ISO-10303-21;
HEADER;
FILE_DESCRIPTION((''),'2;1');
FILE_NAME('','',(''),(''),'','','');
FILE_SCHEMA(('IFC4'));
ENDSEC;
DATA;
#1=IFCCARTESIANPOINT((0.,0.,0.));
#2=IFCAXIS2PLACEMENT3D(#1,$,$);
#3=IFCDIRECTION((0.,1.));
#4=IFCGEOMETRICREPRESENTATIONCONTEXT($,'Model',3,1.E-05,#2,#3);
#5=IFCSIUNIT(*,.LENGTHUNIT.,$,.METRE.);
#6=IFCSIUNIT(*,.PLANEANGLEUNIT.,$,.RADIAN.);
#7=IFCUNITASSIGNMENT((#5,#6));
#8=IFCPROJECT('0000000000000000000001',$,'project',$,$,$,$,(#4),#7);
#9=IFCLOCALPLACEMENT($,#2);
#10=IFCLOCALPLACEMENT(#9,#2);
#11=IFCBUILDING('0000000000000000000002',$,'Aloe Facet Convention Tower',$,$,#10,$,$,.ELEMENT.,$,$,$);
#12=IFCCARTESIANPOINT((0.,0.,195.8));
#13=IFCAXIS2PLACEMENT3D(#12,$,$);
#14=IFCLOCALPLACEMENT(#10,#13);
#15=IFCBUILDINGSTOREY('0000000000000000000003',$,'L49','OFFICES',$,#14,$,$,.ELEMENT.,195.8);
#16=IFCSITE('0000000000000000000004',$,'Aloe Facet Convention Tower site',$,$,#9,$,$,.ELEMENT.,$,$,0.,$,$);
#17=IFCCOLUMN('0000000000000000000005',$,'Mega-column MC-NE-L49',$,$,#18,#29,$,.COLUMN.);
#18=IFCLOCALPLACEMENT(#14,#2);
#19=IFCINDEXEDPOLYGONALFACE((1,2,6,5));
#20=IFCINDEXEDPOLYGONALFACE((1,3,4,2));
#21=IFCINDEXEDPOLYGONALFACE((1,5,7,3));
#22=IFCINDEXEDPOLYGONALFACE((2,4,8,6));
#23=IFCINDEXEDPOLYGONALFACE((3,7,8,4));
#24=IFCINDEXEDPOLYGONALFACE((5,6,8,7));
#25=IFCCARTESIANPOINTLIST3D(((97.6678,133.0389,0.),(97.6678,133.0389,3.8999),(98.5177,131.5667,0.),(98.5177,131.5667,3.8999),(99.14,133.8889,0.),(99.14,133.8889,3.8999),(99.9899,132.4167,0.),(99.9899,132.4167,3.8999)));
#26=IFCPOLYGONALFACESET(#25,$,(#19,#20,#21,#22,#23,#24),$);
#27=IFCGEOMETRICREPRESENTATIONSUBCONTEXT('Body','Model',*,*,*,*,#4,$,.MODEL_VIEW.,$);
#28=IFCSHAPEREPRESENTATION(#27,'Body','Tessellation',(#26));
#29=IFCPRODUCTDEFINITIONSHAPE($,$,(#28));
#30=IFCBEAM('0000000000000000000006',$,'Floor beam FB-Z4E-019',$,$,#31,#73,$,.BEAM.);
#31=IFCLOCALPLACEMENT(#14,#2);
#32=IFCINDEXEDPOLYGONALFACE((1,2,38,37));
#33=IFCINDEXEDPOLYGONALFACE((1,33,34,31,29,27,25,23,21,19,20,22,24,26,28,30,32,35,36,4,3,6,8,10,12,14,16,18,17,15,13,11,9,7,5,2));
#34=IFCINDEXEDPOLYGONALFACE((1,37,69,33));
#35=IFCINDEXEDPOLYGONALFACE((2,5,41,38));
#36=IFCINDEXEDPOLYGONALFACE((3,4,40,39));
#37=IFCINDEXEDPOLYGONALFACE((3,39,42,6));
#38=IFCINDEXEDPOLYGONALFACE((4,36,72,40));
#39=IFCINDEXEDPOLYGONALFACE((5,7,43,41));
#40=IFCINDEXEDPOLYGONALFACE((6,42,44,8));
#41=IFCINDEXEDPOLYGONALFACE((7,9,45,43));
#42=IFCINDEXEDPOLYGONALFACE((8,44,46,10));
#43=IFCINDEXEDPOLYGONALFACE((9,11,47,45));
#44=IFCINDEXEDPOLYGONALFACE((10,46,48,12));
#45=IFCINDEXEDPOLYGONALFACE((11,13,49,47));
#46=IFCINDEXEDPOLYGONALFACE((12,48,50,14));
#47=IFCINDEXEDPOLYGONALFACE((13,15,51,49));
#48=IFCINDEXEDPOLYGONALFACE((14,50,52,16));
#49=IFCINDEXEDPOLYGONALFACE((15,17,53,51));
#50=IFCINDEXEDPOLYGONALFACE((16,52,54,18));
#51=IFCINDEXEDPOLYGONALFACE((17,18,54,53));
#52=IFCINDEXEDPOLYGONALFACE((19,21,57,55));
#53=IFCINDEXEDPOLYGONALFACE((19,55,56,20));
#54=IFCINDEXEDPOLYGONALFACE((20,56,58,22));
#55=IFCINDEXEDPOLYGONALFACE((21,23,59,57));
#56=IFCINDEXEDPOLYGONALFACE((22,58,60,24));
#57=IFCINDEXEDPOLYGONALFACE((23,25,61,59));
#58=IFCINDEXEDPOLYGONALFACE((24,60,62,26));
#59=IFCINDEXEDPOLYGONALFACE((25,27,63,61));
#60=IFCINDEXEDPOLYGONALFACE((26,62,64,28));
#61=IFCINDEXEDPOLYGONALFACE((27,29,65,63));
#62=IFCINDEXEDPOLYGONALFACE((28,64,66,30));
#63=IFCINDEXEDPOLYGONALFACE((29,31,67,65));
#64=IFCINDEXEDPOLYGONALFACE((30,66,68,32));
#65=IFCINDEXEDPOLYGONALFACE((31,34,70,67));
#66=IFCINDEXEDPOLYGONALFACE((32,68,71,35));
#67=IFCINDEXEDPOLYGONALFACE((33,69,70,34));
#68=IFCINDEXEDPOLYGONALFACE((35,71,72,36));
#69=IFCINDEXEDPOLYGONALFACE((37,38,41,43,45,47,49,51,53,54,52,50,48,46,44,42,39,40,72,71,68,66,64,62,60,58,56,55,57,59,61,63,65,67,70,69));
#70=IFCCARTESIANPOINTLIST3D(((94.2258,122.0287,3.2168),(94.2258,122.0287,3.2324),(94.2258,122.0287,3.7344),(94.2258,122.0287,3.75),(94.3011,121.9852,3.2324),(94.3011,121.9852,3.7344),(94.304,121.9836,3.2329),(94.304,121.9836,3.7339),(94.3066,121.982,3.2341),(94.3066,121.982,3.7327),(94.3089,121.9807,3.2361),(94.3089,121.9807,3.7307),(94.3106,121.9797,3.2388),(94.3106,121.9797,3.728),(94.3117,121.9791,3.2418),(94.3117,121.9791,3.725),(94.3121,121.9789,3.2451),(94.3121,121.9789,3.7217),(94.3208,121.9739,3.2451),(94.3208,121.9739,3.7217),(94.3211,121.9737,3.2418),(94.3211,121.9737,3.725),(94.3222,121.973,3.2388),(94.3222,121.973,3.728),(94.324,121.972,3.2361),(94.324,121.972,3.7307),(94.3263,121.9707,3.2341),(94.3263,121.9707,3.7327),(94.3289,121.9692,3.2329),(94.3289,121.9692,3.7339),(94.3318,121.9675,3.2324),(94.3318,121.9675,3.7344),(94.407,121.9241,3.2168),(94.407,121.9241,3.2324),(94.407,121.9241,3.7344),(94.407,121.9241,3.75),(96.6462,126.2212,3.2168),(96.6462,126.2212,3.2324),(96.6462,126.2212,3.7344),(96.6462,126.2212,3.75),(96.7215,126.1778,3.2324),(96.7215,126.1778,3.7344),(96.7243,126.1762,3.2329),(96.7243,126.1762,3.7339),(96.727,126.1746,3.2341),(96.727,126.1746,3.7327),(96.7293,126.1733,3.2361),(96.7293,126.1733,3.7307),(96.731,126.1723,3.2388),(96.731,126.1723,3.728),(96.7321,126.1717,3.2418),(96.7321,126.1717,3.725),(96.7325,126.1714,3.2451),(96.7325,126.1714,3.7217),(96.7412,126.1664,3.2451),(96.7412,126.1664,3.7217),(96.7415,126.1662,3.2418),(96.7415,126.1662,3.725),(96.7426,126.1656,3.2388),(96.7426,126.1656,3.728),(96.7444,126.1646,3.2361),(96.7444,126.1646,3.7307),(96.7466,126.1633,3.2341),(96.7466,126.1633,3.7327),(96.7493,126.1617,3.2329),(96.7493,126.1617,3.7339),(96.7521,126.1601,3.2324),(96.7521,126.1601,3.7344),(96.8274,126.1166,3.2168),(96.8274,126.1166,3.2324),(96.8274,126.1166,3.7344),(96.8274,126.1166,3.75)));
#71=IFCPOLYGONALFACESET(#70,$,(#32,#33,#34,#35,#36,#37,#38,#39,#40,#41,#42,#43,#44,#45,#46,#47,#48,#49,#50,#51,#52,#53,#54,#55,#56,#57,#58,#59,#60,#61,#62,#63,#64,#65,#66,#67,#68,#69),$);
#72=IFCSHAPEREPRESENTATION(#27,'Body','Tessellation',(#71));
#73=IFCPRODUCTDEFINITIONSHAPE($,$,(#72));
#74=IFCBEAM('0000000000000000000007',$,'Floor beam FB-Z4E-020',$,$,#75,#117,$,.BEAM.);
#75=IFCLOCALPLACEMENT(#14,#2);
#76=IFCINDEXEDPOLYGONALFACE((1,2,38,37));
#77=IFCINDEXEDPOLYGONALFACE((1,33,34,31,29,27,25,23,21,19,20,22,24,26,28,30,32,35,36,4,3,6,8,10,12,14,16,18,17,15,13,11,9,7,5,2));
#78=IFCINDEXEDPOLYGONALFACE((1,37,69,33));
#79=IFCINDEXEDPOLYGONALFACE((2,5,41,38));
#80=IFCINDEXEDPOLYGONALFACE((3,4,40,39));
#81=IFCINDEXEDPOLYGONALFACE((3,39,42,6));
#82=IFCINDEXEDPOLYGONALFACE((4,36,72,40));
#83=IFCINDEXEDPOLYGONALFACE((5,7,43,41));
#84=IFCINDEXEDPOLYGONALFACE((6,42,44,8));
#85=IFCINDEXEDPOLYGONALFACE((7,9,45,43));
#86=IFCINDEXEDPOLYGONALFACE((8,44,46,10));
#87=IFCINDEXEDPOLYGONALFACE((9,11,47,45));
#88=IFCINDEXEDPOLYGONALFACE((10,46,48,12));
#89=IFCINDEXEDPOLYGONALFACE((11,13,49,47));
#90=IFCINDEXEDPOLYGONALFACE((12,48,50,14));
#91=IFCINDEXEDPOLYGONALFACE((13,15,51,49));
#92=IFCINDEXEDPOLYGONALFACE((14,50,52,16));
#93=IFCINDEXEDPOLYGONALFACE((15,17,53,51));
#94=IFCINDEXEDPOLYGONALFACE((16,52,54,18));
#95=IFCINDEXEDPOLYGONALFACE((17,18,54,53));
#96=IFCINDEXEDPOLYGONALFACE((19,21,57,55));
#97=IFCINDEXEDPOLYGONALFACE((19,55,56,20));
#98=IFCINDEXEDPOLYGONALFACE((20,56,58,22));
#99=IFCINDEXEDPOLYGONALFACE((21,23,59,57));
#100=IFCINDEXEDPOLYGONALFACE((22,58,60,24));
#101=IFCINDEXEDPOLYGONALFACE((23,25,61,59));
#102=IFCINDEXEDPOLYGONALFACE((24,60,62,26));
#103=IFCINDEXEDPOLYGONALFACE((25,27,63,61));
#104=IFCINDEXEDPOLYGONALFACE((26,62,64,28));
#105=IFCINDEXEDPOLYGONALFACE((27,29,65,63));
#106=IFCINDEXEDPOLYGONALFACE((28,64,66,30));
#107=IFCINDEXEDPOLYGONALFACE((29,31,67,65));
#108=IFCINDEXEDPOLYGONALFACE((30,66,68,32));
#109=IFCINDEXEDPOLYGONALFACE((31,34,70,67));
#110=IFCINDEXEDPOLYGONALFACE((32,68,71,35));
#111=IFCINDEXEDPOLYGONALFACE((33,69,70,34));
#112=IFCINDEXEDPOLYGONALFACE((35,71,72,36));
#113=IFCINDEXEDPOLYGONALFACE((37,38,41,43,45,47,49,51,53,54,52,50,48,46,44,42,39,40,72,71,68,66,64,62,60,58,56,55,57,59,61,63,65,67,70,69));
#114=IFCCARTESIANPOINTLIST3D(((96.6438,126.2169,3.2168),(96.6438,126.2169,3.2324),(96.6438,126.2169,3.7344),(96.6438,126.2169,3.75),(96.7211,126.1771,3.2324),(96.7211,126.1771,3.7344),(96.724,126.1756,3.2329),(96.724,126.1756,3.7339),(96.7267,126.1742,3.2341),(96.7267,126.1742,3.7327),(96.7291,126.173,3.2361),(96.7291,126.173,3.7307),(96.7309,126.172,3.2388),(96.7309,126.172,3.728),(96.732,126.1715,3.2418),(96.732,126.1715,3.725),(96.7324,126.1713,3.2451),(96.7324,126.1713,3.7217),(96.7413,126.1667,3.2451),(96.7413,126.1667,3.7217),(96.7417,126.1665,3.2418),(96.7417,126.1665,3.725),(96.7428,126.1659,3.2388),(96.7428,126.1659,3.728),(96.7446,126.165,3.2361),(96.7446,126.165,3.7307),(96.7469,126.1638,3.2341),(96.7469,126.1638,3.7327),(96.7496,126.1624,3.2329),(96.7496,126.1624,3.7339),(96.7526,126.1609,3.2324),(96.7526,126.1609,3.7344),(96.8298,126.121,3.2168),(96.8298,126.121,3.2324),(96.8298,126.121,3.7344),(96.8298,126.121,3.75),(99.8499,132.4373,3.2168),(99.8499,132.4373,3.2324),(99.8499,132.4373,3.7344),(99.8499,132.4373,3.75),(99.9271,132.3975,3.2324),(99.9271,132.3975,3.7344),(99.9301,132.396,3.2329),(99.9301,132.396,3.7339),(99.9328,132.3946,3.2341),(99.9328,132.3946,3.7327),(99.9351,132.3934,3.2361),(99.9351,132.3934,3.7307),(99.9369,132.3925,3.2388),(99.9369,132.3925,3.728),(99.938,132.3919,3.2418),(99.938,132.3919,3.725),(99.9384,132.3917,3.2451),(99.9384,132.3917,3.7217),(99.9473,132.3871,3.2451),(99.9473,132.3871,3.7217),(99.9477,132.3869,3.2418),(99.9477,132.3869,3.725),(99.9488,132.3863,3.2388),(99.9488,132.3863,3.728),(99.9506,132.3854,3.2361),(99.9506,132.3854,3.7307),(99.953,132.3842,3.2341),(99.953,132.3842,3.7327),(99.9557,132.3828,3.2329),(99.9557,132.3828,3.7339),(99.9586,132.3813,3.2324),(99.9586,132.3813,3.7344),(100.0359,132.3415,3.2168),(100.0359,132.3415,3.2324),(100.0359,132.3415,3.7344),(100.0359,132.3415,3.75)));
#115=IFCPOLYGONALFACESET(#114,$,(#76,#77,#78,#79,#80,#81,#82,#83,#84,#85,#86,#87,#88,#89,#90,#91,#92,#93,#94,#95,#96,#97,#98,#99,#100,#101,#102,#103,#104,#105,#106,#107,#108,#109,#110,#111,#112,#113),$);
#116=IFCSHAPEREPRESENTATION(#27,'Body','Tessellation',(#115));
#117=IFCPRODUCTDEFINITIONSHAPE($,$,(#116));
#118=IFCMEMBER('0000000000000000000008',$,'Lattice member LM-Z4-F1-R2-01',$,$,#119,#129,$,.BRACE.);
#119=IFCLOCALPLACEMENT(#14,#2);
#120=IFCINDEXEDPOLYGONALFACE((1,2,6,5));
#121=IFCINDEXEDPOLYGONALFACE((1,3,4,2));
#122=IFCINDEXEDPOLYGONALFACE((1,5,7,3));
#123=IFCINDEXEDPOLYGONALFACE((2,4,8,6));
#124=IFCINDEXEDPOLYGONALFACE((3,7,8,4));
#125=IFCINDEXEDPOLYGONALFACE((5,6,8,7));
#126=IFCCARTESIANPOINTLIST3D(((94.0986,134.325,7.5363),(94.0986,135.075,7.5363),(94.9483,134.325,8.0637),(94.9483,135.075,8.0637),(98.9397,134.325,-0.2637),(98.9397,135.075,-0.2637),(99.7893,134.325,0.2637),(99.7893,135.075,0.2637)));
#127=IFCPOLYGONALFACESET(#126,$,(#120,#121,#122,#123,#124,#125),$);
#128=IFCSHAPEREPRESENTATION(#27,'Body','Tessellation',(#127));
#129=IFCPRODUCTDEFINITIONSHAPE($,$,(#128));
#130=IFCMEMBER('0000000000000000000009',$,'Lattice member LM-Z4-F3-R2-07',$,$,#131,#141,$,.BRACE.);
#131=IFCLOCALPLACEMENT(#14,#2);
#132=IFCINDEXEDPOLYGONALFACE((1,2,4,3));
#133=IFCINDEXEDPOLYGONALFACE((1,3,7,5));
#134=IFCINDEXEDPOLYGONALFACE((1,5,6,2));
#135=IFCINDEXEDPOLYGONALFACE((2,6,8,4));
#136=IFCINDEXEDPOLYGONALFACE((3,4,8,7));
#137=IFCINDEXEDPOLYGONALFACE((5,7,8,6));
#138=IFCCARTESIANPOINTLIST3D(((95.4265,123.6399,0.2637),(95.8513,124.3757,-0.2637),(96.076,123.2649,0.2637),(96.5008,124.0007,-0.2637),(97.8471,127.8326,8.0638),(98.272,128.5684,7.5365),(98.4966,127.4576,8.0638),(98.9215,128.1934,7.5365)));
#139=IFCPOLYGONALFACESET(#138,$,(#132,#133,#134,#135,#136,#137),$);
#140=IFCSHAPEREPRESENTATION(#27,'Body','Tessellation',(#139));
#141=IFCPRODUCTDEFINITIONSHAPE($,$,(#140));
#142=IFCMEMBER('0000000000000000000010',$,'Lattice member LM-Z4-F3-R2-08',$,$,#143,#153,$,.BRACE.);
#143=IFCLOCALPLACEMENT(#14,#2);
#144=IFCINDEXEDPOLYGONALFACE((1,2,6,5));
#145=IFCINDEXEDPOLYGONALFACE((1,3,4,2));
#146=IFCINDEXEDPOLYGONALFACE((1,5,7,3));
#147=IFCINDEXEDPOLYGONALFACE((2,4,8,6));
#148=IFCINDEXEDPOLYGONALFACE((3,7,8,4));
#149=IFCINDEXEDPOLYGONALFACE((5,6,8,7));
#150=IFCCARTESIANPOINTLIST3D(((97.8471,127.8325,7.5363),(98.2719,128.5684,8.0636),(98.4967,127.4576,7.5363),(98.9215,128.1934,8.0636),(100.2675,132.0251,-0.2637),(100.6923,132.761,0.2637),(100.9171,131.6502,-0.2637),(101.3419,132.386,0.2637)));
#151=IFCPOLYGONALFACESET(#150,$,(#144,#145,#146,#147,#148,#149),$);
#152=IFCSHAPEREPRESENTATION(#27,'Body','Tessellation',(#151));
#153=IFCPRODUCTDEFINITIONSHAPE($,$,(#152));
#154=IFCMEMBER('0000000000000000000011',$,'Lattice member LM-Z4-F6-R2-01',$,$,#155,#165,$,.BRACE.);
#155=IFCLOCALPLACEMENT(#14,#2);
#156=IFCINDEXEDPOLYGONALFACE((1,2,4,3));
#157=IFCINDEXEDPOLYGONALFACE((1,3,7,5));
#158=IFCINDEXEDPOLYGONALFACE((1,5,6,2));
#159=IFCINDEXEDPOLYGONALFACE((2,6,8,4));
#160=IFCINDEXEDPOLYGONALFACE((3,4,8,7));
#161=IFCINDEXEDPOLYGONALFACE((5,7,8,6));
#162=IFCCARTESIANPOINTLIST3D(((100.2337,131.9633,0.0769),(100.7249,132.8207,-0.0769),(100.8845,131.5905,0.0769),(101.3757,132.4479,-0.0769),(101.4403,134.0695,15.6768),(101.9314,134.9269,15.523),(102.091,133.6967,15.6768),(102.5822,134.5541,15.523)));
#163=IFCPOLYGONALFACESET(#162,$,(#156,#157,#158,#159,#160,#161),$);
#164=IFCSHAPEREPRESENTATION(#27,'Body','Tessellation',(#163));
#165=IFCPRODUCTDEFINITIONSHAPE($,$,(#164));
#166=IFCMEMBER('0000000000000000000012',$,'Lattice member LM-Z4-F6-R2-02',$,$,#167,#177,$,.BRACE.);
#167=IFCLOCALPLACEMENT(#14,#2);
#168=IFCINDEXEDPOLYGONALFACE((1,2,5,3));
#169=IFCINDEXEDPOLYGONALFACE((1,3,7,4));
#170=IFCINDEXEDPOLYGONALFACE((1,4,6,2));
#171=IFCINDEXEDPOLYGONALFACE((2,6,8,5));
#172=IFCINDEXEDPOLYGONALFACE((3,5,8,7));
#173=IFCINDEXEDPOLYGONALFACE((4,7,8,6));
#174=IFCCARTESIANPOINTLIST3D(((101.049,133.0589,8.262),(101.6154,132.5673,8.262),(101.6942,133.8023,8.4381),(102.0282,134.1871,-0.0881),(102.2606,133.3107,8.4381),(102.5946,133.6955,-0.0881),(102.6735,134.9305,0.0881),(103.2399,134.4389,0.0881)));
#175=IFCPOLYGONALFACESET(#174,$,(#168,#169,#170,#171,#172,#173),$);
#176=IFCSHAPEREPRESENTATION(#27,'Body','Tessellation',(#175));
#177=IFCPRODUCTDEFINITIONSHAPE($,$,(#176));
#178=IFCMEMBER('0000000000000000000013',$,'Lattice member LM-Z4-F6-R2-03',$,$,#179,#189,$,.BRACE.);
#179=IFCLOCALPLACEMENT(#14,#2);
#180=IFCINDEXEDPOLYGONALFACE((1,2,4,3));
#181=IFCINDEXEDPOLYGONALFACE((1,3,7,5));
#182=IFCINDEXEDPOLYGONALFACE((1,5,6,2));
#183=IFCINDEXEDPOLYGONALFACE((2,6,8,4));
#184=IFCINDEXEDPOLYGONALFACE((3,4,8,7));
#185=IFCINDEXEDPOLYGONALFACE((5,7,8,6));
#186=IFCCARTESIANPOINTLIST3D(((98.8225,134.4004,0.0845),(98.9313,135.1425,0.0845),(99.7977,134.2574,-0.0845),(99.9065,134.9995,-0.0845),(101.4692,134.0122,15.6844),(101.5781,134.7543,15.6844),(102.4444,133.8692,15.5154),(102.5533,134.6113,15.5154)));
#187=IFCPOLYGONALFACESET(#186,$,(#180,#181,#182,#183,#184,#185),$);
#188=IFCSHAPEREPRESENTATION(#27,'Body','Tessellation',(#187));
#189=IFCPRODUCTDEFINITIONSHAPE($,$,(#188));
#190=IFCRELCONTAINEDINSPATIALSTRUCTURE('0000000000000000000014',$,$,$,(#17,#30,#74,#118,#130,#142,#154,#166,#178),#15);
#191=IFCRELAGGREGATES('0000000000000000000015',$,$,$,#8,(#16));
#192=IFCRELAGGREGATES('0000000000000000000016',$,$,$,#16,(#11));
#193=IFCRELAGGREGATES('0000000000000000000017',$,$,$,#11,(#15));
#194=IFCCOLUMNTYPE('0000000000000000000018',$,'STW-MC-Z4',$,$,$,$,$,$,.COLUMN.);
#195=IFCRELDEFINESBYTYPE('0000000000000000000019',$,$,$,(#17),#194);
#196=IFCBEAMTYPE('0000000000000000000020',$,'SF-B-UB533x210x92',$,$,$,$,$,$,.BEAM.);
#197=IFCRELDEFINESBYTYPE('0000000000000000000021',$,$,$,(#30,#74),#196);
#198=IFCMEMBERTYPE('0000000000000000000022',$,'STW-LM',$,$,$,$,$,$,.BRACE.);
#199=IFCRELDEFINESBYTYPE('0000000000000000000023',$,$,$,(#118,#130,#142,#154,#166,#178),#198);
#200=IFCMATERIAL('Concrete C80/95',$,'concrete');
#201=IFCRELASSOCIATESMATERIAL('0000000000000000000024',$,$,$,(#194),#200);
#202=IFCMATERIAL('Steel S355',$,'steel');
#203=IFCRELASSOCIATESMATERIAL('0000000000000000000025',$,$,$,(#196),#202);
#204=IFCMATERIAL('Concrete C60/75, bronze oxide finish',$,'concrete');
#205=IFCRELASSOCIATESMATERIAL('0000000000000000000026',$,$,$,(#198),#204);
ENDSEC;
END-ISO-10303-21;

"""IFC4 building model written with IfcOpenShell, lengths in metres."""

from ifc_helpers import new_model, si_unit, direction, frame, origin, origin_2d, place, context, subcontext, project, spatial, rectangle, i_section, extrude, material, material_profile, profile_set, type_object, element, save


model = new_model("IFC4")

# Units and contexts
model_context = context("Model", 3, precision=1e-05, world=origin(), true_north=direction((0.0, 1.0)))
body_context = subcontext(model_context, "Body", "Model", "MODEL_VIEW")
ifc_project = project(units=[si_unit("LENGTHUNIT", "METRE"), si_unit("PLANEANGLEUNIT", "RADIAN")], contexts=[model_context])

# Site, building, storey
site_placement = place(None, origin())
site = spatial("IfcSite", under=ifc_project, at=site_placement, Name="Aloe Facet Convention Tower site", CompositionType="ELEMENT", RefElevation=0.0)
building_placement = place(site_placement, origin())
building = spatial("IfcBuilding", under=site, at=building_placement, Name="Aloe Facet Convention Tower", CompositionType="ELEMENT")
storey_placement = place(building_placement, frame((0.0, 0.0, 195.8)))
storey = spatial("IfcBuildingStorey", under=building, at=storey_placement, Name="L49", Description="OFFICES", CompositionType="ELEMENT", Elevation=195.8)

# Column
ifc_material_1 = material(Name="Concrete C80/95", Category="concrete")
ifc_material_profile_1 = material_profile(ifc_material_1, rectangle(XDim=1.7, YDim=1.7, at=origin_2d()), Name="STW-MC-Z4")
ifc_profile_set_1 = profile_set([ifc_material_profile_1], Name="Concrete C80/95")
column_type = type_object("IfcColumnType", Name="STW-MC-Z4", PredefinedType="COLUMN", material=ifc_profile_set_1)
column_placement = place(storey_placement, frame((98.8289, 132.7278, 0.0), z_axis=(0.0, 0.0, 1.0), x_axis=(-0.5, 0.866025, 0.0)))
element("IfcColumn", 1, at=column_placement, inside=storey, type_object=column_type, Name="Mega-column MC-NE-L49", PredefinedType="COLUMN", context=body_context, shape_type="SweptSolid", body=[
    extrude(rectangle(XDim=1.7, YDim=1.7, at=origin_2d()), origin(), (0.0, 0.0, 1.0), 3.8999),
])

# Beams
ifc_material_2 = material(Name="Steel S355", Category="steel")
ifc_material_profile_2 = material_profile(ifc_material_2, i_section(OverallWidth=0.2092, OverallDepth=0.5332, WebThickness=0.01, FlangeThickness=0.0156, FilletRadius=0.0127, at=origin_2d()), Name="UB 533x210x92")
ifc_profile_set_2 = profile_set([ifc_material_profile_2], Name="Steel S355")
beam_type = type_object("IfcBeamType", Name="SF-B-UB533x210x92", PredefinedType="BEAM", material=ifc_profile_set_2)
beam_1_placement = place(storey_placement, frame((96.7368, 126.1689, 3.4834), z_axis=(-0.499968, -0.866044, 0.0), x_axis=(0.866044, -0.499968, 0.0)))
element("IfcBeam", 2, at=beam_1_placement, inside=storey, type_object=beam_type, Name="Floor beam FB-Z4E-019", PredefinedType="BEAM", context=body_context, shape_type="SweptSolid", body=[
    extrude(i_section(OverallWidth=0.2092, OverallDepth=0.5332, WebThickness=0.01, FlangeThickness=0.0156, FilletRadius=0.0127, at=origin_2d()), origin(), (0.0, 0.0, 1.0), 4.8411),
])
beam_2_placement = place(storey_placement, frame((99.9429, 132.3894, 3.4834), z_axis=(-0.458135, -0.888883, 0.0), x_axis=(0.888883, -0.458135, 0.0)))
element("IfcBeam", 3, at=beam_2_placement, inside=storey, type_object=beam_type, Name="Floor beam FB-Z4E-020", PredefinedType="BEAM", context=body_context, shape_type="SweptSolid", body=[
    extrude(i_section(OverallWidth=0.2092, OverallDepth=0.5332, WebThickness=0.01, FlangeThickness=0.0156, FilletRadius=0.0127, at=origin_2d()), origin(), (0.0, 0.0, 1.0), 6.998),
])

# Members
ifc_material_3 = material(Name="Concrete C60/75, bronze oxide finish", Category="concrete")
ifc_material_profile_3 = material_profile(ifc_material_3, rectangle(XDim=0.75, YDim=1.0, at=origin_2d()), Name="STW-LM")
ifc_profile_set_3 = profile_set([ifc_material_profile_3], Name="Concrete C60/75, bronze oxide finish")
member_type = type_object("IfcMemberType", Name="STW-LM", PredefinedType="BRACE", material=ifc_profile_set_3)
member_1_placement = place(storey_placement, frame((99.3645, 134.7, 0.0), z_axis=(-0.527336, 0.0, 0.849657), x_axis=(0.0, -1.0, 0.0)))
element("IfcMember", 4, at=member_1_placement, inside=storey, type_object=member_type, Name="Lattice member LM-Z4-F1-R2-01", PredefinedType="BRACE", context=body_context, shape_type="SweptSolid", body=[
    extrude(rectangle(XDim=0.75, YDim=1.0, at=origin_2d()), origin(), (0.0, 0.0, 1.0), 9.1802),
])
member_2_placement = place(storey_placement, frame((95.9636, 123.8203, 0.0), z_axis=(0.263678, 0.456697, 0.849648), x_axis=(-0.866022, 0.500006, 0.0)))
element("IfcMember", 5, at=member_2_placement, inside=storey, type_object=member_type, Name="Lattice member LM-Z4-F3-R2-07", PredefinedType="BRACE", context=body_context, shape_type="SweptSolid", body=[
    extrude(rectangle(XDim=0.75, YDim=1.0, at=origin_2d()), origin(), (0.0, 0.0, 1.0), 9.1804),
])
member_3_placement = place(storey_placement, frame((100.8047, 132.2056, 0.0), z_axis=(-0.263654, -0.4567, 0.849654), x_axis=(0.866044, -0.499968, 0.0)))
element("IfcMember", 6, at=member_3_placement, inside=storey, type_object=member_type, Name="Lattice member LM-Z4-F3-R2-08", PredefinedType="BRACE", context=body_context, shape_type="SweptSolid", body=[
    extrude(rectangle(XDim=0.75, YDim=1.0, at=origin_2d()), origin(), (0.0, 0.0, 1.0), 9.1802),
])
member_4_placement = place(storey_placement, frame((100.8047, 132.2056, 0.0), z_axis=(0.076424, 0.133409, 0.98811), x_axis=(-0.86771, 0.49707, 0.0)))
element("IfcMember", 7, at=member_4_placement, inside=storey, type_object=member_type, Name="Lattice member LM-Z4-F6-R2-01", PredefinedType="BRACE", context=body_context, shape_type="SweptSolid", body=[
    extrude(rectangle(XDim=0.75, YDim=1.0, at=origin_2d()), origin(), (0.0, 0.0, 1.0), 15.7876),
])
member_5_placement = place(storey_placement, frame((102.634, 134.313, 0.0), z_axis=(-0.115441, -0.132997, 0.98437), x_axis=(0.755193, -0.655503, 0.0)))
element("IfcMember", 8, at=member_5_placement, inside=storey, type_object=member_type, Name="Lattice member LM-Z4-F6-R2-02", PredefinedType="BRACE", context=body_context, shape_type="SweptSolid", body=[
    extrude(rectangle(XDim=0.75, YDim=1.0, at=origin_2d()), origin(), (0.0, 0.0, 1.0), 8.4827),
])
member_6_placement = place(storey_placement, frame((99.3645, 134.7, 0.0), z_axis=(0.167223, -0.024526, 0.985614), x_axis=(0.145113, 0.989415, 0.0)))
element("IfcMember", 9, at=member_6_placement, inside=storey, type_object=member_type, Name="Lattice member LM-Z4-F6-R2-03", PredefinedType="BRACE", context=body_context, shape_type="SweptSolid", body=[
    extrude(rectangle(XDim=0.75, YDim=1.0, at=origin_2d()), origin(), (0.0, 0.0, 1.0), 15.8276),
])

save(model, "model.ifc")
